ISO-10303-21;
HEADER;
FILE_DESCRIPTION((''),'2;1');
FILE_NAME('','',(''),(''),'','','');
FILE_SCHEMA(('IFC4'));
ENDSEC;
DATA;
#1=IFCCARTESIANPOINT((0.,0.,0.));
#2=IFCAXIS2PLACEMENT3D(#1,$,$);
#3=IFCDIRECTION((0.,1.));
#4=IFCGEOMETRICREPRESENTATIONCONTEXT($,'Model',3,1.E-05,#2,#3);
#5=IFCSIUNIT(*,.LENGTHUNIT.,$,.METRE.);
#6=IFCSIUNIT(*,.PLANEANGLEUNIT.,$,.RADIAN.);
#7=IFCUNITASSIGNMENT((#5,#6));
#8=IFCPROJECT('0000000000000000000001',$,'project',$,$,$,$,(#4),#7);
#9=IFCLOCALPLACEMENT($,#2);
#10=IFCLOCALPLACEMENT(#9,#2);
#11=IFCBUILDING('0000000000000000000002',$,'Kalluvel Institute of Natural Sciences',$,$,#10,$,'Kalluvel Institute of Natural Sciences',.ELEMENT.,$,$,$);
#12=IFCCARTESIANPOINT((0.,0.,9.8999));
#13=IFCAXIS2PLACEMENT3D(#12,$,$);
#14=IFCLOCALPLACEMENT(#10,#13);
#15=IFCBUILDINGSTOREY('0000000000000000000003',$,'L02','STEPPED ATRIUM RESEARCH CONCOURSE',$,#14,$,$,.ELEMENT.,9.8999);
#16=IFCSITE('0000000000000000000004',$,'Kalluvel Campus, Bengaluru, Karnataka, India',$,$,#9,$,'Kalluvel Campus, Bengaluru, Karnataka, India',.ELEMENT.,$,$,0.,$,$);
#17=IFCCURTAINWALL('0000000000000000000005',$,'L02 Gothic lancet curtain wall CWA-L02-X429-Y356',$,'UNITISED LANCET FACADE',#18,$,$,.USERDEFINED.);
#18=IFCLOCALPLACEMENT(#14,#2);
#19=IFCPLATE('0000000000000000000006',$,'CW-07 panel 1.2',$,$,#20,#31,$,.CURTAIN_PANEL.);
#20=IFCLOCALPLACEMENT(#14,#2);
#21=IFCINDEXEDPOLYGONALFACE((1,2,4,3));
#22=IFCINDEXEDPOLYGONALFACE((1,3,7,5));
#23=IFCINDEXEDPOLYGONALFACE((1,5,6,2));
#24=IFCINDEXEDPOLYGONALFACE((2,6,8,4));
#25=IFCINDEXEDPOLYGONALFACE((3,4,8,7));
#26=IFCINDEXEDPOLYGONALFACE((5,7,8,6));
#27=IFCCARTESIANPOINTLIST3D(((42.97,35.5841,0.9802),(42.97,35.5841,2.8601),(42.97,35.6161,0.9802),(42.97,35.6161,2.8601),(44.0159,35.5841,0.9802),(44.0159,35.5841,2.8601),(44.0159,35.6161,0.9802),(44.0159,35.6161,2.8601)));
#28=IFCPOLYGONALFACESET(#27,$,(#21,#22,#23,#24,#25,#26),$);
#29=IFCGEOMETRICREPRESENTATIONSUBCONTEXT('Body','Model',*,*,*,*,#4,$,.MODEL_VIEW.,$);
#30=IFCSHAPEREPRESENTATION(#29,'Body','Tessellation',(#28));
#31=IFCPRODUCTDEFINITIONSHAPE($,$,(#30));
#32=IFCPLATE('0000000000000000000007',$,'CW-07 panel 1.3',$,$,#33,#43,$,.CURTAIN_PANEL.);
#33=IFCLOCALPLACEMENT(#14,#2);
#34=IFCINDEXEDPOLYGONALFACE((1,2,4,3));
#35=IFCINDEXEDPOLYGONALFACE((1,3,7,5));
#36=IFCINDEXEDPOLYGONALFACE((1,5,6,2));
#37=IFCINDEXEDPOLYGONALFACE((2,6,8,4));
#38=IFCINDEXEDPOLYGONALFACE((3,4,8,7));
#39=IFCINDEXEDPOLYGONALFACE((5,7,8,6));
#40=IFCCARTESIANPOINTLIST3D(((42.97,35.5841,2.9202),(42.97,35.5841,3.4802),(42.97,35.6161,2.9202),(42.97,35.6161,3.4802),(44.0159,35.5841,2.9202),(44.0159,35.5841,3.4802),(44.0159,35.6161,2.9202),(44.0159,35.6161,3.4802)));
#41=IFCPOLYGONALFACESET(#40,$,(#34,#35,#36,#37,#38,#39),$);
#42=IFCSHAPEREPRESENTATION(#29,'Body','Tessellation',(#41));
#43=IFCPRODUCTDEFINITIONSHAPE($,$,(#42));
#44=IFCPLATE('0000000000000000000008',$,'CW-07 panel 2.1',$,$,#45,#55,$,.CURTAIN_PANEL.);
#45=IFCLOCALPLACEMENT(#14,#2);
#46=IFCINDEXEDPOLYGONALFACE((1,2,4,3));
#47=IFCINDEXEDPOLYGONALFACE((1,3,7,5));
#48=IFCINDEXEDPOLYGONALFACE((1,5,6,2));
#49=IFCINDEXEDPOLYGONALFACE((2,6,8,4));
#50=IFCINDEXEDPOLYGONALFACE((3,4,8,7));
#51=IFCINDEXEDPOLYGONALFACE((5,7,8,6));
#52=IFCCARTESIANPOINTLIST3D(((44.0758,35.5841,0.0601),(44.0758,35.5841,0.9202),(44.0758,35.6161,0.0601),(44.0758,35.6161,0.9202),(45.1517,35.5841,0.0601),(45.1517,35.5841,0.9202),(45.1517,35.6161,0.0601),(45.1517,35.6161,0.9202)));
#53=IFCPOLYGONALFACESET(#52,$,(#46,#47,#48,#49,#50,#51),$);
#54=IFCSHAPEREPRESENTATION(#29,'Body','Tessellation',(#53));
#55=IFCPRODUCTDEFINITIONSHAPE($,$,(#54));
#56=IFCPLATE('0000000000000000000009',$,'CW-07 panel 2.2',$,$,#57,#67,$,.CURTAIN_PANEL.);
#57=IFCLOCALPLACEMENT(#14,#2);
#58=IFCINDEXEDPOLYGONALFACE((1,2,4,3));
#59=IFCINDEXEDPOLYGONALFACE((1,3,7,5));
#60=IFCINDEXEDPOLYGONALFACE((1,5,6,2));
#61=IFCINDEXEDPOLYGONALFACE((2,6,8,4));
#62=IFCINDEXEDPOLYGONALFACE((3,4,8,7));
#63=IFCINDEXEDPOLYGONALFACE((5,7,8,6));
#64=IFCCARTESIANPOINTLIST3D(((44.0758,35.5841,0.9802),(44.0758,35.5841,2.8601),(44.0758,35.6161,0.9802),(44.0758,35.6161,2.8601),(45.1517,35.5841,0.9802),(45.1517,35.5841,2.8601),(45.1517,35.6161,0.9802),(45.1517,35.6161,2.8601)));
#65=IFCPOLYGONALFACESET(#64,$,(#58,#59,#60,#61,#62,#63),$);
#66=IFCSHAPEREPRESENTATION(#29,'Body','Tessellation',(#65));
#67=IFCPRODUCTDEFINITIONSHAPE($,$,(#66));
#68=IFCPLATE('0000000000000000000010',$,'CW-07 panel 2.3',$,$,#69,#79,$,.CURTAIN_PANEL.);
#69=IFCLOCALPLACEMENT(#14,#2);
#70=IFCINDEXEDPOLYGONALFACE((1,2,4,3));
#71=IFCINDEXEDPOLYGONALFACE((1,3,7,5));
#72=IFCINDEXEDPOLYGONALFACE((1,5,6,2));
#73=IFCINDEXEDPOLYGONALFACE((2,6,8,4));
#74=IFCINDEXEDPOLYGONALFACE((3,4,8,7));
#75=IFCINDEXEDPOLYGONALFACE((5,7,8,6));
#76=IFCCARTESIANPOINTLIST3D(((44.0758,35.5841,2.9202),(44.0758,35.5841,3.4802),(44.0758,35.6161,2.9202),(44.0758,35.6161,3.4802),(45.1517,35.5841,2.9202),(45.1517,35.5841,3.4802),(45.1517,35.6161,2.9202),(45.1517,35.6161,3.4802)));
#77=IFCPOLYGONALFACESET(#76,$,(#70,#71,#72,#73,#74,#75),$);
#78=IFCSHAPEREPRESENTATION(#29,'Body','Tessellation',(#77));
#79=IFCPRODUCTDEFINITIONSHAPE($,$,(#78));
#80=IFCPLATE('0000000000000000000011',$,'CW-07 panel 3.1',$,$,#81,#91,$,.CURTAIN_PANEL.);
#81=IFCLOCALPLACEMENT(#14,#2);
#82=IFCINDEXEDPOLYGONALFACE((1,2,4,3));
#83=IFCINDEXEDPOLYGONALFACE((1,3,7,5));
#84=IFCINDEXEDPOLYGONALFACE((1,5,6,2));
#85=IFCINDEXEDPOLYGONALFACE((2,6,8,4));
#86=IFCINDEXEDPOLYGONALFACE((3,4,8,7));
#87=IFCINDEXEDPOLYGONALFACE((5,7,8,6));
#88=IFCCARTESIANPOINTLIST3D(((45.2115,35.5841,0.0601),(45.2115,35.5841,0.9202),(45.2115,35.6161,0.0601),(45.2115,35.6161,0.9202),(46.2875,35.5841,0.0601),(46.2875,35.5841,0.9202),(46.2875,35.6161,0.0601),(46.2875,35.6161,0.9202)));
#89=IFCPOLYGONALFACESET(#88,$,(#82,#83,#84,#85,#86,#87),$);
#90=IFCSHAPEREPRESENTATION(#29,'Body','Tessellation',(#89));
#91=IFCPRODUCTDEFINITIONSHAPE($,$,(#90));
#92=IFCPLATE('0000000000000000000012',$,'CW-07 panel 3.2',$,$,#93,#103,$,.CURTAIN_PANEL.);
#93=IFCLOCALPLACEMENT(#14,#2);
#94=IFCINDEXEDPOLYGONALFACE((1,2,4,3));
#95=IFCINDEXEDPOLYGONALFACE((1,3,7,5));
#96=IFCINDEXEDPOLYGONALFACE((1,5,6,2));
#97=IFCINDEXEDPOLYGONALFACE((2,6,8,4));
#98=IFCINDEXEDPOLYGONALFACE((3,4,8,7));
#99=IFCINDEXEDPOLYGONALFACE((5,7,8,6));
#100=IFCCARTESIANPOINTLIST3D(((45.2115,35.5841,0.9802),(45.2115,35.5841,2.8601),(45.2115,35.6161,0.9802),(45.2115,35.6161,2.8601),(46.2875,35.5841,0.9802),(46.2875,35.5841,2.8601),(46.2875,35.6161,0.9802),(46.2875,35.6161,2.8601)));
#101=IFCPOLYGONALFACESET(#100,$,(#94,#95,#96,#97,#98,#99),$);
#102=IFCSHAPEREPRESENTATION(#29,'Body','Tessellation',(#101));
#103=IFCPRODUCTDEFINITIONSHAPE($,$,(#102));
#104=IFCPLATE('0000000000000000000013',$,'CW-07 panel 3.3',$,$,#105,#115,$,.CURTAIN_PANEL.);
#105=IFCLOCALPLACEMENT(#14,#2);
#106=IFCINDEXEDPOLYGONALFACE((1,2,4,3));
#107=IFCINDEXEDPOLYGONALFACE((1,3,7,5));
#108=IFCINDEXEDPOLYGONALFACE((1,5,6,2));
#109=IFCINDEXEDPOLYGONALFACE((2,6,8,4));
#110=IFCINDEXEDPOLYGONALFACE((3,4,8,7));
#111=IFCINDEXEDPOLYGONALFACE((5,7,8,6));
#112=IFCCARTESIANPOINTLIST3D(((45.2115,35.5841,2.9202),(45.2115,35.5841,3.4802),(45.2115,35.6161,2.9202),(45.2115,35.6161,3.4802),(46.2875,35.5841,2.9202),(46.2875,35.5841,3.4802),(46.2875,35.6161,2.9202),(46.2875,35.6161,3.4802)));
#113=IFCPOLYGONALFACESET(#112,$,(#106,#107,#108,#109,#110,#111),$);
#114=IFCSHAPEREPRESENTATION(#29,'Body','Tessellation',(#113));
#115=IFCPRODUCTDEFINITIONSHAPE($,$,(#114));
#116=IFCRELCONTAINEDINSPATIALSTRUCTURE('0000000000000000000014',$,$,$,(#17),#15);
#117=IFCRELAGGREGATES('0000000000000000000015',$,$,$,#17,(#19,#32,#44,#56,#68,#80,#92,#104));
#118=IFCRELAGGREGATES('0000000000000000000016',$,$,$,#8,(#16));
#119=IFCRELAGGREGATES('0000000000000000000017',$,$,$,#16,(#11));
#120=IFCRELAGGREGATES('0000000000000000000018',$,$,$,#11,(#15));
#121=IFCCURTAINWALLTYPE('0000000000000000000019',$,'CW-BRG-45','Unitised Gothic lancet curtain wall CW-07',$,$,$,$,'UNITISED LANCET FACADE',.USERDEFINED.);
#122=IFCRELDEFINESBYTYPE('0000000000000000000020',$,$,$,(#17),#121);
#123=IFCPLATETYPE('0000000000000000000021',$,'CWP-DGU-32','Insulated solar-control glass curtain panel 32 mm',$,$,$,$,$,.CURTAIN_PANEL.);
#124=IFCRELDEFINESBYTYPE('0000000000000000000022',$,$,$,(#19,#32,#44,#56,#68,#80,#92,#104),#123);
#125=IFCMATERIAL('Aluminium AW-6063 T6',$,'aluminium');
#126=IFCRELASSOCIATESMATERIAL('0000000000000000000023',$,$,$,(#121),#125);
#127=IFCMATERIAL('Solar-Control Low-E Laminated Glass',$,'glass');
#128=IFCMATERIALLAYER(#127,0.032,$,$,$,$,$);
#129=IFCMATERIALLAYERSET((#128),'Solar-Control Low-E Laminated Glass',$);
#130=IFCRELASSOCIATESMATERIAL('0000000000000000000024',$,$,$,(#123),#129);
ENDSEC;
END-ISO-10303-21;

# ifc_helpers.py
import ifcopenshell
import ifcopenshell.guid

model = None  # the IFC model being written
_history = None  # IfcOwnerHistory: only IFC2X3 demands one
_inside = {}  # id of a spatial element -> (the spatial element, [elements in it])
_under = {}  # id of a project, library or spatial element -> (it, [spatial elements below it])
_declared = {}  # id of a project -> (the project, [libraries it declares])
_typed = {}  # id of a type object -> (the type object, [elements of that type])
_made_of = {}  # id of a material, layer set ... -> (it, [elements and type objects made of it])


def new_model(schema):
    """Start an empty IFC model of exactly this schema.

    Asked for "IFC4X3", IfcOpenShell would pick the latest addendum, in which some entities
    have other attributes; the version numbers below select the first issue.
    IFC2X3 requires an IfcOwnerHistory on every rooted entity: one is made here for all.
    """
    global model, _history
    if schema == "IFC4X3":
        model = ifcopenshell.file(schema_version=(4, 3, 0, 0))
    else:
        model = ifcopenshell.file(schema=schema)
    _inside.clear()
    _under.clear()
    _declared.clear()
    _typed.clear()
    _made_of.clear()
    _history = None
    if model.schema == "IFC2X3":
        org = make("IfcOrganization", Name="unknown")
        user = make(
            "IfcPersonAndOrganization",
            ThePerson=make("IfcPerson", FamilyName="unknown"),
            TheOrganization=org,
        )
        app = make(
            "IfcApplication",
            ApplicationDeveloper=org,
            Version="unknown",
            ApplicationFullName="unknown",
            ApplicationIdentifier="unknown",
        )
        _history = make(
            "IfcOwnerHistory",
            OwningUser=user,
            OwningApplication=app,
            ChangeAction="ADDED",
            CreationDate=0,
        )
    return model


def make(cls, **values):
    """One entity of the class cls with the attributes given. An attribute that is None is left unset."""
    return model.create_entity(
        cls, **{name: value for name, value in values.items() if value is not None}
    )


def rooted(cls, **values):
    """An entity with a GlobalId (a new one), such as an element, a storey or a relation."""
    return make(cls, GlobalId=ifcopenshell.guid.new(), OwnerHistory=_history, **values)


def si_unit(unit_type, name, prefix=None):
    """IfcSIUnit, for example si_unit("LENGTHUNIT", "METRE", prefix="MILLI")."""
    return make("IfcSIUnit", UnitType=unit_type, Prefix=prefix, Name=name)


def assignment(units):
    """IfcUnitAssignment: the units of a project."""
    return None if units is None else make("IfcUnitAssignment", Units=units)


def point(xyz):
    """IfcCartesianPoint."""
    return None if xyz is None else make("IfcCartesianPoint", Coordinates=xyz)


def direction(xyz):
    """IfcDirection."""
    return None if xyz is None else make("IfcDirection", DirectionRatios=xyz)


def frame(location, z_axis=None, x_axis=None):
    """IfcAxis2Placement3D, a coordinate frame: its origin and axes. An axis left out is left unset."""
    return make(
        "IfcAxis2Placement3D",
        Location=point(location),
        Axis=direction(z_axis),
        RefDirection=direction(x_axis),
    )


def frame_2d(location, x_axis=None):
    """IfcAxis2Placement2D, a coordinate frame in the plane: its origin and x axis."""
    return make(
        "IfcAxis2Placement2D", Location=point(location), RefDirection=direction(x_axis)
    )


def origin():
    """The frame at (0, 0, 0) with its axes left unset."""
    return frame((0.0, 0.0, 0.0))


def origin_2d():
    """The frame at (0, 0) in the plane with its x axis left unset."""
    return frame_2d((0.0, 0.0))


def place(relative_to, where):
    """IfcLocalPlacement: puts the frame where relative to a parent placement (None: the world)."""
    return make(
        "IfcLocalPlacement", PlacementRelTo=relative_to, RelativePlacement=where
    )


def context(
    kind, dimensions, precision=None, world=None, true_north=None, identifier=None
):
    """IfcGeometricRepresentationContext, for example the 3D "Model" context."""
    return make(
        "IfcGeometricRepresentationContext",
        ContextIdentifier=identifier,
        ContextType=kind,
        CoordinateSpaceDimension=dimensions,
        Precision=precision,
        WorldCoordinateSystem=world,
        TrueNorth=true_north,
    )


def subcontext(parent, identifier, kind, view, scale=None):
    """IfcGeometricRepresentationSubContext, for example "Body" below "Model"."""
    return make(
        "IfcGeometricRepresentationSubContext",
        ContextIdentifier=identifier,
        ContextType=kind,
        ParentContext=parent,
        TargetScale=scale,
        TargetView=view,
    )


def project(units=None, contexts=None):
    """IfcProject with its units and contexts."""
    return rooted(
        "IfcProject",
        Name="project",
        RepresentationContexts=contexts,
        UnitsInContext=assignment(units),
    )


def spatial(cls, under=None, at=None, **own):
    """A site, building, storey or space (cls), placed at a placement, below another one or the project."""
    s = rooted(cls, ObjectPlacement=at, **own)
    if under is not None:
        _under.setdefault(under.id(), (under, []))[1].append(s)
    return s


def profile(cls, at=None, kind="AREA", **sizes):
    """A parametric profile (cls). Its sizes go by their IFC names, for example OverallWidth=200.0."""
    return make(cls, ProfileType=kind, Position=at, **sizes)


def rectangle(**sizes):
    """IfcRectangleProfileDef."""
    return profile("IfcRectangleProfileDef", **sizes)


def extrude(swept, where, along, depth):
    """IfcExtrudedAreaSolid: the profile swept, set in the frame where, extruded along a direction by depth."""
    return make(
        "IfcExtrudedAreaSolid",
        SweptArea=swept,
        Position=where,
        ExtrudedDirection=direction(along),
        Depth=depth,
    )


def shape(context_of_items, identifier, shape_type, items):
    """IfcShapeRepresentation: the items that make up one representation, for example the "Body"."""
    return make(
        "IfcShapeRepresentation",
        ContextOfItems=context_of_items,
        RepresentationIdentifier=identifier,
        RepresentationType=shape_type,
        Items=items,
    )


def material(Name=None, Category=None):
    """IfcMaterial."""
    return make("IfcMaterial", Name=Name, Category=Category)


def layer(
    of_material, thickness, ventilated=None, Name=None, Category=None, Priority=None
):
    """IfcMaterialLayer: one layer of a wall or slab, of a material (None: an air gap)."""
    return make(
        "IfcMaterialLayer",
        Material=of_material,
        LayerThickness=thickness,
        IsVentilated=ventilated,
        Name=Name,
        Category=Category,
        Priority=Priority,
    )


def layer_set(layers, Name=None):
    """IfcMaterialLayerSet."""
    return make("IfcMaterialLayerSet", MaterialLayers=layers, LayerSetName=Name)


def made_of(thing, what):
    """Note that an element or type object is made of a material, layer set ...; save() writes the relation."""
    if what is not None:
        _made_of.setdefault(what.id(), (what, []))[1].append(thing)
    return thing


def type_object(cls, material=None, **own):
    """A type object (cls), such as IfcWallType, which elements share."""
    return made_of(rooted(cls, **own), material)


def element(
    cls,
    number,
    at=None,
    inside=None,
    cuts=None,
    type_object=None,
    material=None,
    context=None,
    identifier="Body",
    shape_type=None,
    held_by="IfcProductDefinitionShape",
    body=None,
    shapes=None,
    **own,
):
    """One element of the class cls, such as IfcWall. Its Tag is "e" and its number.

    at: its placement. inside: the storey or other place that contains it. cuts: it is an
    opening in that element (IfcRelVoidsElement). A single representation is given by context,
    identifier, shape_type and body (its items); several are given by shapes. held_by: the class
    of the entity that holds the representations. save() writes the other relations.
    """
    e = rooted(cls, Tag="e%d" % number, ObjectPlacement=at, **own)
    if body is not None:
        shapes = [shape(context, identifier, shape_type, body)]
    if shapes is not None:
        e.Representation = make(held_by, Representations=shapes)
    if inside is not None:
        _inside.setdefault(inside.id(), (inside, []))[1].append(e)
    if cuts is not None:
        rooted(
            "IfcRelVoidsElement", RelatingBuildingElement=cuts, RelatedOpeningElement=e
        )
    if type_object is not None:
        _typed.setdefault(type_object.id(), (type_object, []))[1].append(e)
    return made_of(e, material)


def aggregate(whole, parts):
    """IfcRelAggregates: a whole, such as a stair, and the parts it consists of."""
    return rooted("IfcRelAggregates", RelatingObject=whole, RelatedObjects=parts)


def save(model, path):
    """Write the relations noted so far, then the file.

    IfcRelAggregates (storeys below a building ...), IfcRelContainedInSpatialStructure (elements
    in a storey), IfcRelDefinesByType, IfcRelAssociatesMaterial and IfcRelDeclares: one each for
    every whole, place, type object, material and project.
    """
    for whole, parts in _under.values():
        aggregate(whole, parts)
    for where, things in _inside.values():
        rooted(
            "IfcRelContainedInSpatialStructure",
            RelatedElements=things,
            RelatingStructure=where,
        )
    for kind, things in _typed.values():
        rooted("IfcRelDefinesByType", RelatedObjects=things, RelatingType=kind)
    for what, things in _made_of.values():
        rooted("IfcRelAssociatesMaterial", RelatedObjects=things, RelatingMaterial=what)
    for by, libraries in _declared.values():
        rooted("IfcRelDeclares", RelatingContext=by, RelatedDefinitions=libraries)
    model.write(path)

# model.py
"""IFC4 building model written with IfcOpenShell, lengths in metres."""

from ifc_helpers import new_model, si_unit, direction, frame, origin, origin_2d, place, context, subcontext, project, spatial, rectangle, extrude, material, layer, layer_set, type_object, element, aggregate, save


model = new_model("IFC4")

# Units and contexts
model_context = context("Model", 3, precision=1e-05, world=origin(), true_north=direction((0.0, 1.0)))
body_context = subcontext(model_context, "Body", "Model", "MODEL_VIEW")
ifc_project = project(units=[si_unit("LENGTHUNIT", "METRE"), si_unit("PLANEANGLEUNIT", "RADIAN")], contexts=[model_context])

# Site, building, storey
site_placement = place(None, origin())
site = spatial("IfcSite", under=ifc_project, at=site_placement, Name="Kalluvel Campus, Bengaluru, Karnataka, India", LongName="Kalluvel Campus, Bengaluru, Karnataka, India", CompositionType="ELEMENT", RefElevation=0.0)
building_placement = place(site_placement, origin())
building = spatial("IfcBuilding", under=site, at=building_placement, Name="Kalluvel Institute of Natural Sciences", LongName="Kalluvel Institute of Natural Sciences", CompositionType="ELEMENT")
storey_placement = place(building_placement, frame((0.0, 0.0, 9.8999)))
storey = spatial("IfcBuildingStorey", under=building, at=storey_placement, Name="L02", Description="STEPPED ATRIUM RESEARCH CONCOURSE", CompositionType="ELEMENT", Elevation=9.8999)

# Shared definitions
ifc_material_1 = material(Name="Aluminium AW-6063 T6", Category="aluminium")
curtain_wall_type = type_object("IfcCurtainWallType", Name="CW-BRG-45", Description="Unitised Gothic lancet curtain wall CW-07", ElementType="UNITISED LANCET FACADE", PredefinedType="USERDEFINED", material=ifc_material_1)

# Curtain wall
curtain_wall_1_placement = place(storey_placement, origin())
curtain_wall_1 = element("IfcCurtainWall", 1, at=curtain_wall_1_placement, inside=storey, type_object=curtain_wall_type, Name="L02 Gothic lancet curtain wall CWA-L02-X429-Y356", ObjectType="UNITISED LANCET FACADE", PredefinedType="USERDEFINED")

# Plates
ifc_material_2 = material(Name="Solar-Control Low-E Laminated Glass", Category="glass")
ifc_layer = layer(ifc_material_2, 0.032)
ifc_layer_set = layer_set([ifc_layer], Name="Solar-Control Low-E Laminated Glass")
plate_type = type_object("IfcPlateType", Name="CWP-DGU-32", Description="Insulated solar-control glass curtain panel 32 mm", PredefinedType="CURTAIN_PANEL", material=ifc_layer_set)
plate_1_placement = place(storey_placement, frame((43.4929, 35.6001, 0.9802), z_axis=(0.0, 0.0, 1.0), x_axis=(1.0, 0.0, 0.0)))
plate_1 = element("IfcPlate", 2, at=plate_1_placement, type_object=plate_type, Name="CW-07 panel 1.2", PredefinedType="CURTAIN_PANEL", context=body_context, shape_type="SweptSolid", body=[
    extrude(rectangle(XDim=1.0459, YDim=0.032, at=origin_2d()), origin(), (0.0, 0.0, 1.0), 1.8799),
])
plate_2_placement = place(storey_placement, frame((43.4929, 35.6001, 2.9202), z_axis=(0.0, 0.0, 1.0), x_axis=(1.0, 0.0, 0.0)))
plate_2 = element("IfcPlate", 3, at=plate_2_placement, type_object=plate_type, Name="CW-07 panel 1.3", PredefinedType="CURTAIN_PANEL", context=body_context, shape_type="SweptSolid", body=[
    extrude(rectangle(XDim=1.0459, YDim=0.032, at=origin_2d()), origin(), (0.0, 0.0, 1.0), 0.5601),
])
plate_3_placement = place(storey_placement, frame((44.6138, 35.6001, 0.0601), z_axis=(0.0, 0.0, 1.0), x_axis=(1.0, 0.0, 0.0)))
plate_3 = element("IfcPlate", 4, at=plate_3_placement, type_object=plate_type, Name="CW-07 panel 2.1", PredefinedType="CURTAIN_PANEL", context=body_context, shape_type="SweptSolid", body=[
    extrude(rectangle(XDim=1.0759, YDim=0.032, at=origin_2d()), origin(), (0.0, 0.0, 1.0), 0.8601),
])
plate_4_placement = place(storey_placement, frame((44.6138, 35.6001, 0.9802), z_axis=(0.0, 0.0, 1.0), x_axis=(1.0, 0.0, 0.0)))
plate_4 = element("IfcPlate", 5, at=plate_4_placement, type_object=plate_type, Name="CW-07 panel 2.2", PredefinedType="CURTAIN_PANEL", context=body_context, shape_type="SweptSolid", body=[
    extrude(rectangle(XDim=1.0759, YDim=0.032, at=origin_2d()), origin(), (0.0, 0.0, 1.0), 1.8799),
])
plate_5_placement = place(storey_placement, frame((44.6138, 35.6001, 2.9202), z_axis=(0.0, 0.0, 1.0), x_axis=(1.0, 0.0, 0.0)))
plate_5 = element("IfcPlate", 6, at=plate_5_placement, type_object=plate_type, Name="CW-07 panel 2.3", PredefinedType="CURTAIN_PANEL", context=body_context, shape_type="SweptSolid", body=[
    extrude(rectangle(XDim=1.0759, YDim=0.032, at=origin_2d()), origin(), (0.0, 0.0, 1.0), 0.5601),
])
plate_6_placement = place(storey_placement, frame((45.7495, 35.6001, 0.0601), z_axis=(0.0, 0.0, 1.0), x_axis=(1.0, 0.0, 0.0)))
plate_6 = element("IfcPlate", 7, at=plate_6_placement, type_object=plate_type, Name="CW-07 panel 3.1", PredefinedType="CURTAIN_PANEL", context=body_context, shape_type="SweptSolid", body=[
    extrude(rectangle(XDim=1.0759, YDim=0.032, at=origin_2d()), origin(), (0.0, 0.0, 1.0), 0.8601),
])
plate_7_placement = place(storey_placement, frame((45.7495, 35.6001, 0.9802), z_axis=(0.0, 0.0, 1.0), x_axis=(1.0, 0.0, 0.0)))
plate_7 = element("IfcPlate", 8, at=plate_7_placement, type_object=plate_type, Name="CW-07 panel 3.2", PredefinedType="CURTAIN_PANEL", context=body_context, shape_type="SweptSolid", body=[
    extrude(rectangle(XDim=1.0759, YDim=0.032, at=origin_2d()), origin(), (0.0, 0.0, 1.0), 1.8799),
])
plate_8_placement = place(storey_placement, frame((45.7495, 35.6001, 2.9202), z_axis=(0.0, 0.0, 1.0), x_axis=(1.0, 0.0, 0.0)))
plate_8 = element("IfcPlate", 9, at=plate_8_placement, type_object=plate_type, Name="CW-07 panel 3.3", PredefinedType="CURTAIN_PANEL", context=body_context, shape_type="SweptSolid", body=[
    extrude(rectangle(XDim=1.0759, YDim=0.032, at=origin_2d()), origin(), (0.0, 0.0, 1.0), 0.5601),
])
aggregate(curtain_wall_1, [plate_1, plate_2, plate_3, plate_4, plate_5, plate_6, plate_7, plate_8])

save(model, "model.ifc")
